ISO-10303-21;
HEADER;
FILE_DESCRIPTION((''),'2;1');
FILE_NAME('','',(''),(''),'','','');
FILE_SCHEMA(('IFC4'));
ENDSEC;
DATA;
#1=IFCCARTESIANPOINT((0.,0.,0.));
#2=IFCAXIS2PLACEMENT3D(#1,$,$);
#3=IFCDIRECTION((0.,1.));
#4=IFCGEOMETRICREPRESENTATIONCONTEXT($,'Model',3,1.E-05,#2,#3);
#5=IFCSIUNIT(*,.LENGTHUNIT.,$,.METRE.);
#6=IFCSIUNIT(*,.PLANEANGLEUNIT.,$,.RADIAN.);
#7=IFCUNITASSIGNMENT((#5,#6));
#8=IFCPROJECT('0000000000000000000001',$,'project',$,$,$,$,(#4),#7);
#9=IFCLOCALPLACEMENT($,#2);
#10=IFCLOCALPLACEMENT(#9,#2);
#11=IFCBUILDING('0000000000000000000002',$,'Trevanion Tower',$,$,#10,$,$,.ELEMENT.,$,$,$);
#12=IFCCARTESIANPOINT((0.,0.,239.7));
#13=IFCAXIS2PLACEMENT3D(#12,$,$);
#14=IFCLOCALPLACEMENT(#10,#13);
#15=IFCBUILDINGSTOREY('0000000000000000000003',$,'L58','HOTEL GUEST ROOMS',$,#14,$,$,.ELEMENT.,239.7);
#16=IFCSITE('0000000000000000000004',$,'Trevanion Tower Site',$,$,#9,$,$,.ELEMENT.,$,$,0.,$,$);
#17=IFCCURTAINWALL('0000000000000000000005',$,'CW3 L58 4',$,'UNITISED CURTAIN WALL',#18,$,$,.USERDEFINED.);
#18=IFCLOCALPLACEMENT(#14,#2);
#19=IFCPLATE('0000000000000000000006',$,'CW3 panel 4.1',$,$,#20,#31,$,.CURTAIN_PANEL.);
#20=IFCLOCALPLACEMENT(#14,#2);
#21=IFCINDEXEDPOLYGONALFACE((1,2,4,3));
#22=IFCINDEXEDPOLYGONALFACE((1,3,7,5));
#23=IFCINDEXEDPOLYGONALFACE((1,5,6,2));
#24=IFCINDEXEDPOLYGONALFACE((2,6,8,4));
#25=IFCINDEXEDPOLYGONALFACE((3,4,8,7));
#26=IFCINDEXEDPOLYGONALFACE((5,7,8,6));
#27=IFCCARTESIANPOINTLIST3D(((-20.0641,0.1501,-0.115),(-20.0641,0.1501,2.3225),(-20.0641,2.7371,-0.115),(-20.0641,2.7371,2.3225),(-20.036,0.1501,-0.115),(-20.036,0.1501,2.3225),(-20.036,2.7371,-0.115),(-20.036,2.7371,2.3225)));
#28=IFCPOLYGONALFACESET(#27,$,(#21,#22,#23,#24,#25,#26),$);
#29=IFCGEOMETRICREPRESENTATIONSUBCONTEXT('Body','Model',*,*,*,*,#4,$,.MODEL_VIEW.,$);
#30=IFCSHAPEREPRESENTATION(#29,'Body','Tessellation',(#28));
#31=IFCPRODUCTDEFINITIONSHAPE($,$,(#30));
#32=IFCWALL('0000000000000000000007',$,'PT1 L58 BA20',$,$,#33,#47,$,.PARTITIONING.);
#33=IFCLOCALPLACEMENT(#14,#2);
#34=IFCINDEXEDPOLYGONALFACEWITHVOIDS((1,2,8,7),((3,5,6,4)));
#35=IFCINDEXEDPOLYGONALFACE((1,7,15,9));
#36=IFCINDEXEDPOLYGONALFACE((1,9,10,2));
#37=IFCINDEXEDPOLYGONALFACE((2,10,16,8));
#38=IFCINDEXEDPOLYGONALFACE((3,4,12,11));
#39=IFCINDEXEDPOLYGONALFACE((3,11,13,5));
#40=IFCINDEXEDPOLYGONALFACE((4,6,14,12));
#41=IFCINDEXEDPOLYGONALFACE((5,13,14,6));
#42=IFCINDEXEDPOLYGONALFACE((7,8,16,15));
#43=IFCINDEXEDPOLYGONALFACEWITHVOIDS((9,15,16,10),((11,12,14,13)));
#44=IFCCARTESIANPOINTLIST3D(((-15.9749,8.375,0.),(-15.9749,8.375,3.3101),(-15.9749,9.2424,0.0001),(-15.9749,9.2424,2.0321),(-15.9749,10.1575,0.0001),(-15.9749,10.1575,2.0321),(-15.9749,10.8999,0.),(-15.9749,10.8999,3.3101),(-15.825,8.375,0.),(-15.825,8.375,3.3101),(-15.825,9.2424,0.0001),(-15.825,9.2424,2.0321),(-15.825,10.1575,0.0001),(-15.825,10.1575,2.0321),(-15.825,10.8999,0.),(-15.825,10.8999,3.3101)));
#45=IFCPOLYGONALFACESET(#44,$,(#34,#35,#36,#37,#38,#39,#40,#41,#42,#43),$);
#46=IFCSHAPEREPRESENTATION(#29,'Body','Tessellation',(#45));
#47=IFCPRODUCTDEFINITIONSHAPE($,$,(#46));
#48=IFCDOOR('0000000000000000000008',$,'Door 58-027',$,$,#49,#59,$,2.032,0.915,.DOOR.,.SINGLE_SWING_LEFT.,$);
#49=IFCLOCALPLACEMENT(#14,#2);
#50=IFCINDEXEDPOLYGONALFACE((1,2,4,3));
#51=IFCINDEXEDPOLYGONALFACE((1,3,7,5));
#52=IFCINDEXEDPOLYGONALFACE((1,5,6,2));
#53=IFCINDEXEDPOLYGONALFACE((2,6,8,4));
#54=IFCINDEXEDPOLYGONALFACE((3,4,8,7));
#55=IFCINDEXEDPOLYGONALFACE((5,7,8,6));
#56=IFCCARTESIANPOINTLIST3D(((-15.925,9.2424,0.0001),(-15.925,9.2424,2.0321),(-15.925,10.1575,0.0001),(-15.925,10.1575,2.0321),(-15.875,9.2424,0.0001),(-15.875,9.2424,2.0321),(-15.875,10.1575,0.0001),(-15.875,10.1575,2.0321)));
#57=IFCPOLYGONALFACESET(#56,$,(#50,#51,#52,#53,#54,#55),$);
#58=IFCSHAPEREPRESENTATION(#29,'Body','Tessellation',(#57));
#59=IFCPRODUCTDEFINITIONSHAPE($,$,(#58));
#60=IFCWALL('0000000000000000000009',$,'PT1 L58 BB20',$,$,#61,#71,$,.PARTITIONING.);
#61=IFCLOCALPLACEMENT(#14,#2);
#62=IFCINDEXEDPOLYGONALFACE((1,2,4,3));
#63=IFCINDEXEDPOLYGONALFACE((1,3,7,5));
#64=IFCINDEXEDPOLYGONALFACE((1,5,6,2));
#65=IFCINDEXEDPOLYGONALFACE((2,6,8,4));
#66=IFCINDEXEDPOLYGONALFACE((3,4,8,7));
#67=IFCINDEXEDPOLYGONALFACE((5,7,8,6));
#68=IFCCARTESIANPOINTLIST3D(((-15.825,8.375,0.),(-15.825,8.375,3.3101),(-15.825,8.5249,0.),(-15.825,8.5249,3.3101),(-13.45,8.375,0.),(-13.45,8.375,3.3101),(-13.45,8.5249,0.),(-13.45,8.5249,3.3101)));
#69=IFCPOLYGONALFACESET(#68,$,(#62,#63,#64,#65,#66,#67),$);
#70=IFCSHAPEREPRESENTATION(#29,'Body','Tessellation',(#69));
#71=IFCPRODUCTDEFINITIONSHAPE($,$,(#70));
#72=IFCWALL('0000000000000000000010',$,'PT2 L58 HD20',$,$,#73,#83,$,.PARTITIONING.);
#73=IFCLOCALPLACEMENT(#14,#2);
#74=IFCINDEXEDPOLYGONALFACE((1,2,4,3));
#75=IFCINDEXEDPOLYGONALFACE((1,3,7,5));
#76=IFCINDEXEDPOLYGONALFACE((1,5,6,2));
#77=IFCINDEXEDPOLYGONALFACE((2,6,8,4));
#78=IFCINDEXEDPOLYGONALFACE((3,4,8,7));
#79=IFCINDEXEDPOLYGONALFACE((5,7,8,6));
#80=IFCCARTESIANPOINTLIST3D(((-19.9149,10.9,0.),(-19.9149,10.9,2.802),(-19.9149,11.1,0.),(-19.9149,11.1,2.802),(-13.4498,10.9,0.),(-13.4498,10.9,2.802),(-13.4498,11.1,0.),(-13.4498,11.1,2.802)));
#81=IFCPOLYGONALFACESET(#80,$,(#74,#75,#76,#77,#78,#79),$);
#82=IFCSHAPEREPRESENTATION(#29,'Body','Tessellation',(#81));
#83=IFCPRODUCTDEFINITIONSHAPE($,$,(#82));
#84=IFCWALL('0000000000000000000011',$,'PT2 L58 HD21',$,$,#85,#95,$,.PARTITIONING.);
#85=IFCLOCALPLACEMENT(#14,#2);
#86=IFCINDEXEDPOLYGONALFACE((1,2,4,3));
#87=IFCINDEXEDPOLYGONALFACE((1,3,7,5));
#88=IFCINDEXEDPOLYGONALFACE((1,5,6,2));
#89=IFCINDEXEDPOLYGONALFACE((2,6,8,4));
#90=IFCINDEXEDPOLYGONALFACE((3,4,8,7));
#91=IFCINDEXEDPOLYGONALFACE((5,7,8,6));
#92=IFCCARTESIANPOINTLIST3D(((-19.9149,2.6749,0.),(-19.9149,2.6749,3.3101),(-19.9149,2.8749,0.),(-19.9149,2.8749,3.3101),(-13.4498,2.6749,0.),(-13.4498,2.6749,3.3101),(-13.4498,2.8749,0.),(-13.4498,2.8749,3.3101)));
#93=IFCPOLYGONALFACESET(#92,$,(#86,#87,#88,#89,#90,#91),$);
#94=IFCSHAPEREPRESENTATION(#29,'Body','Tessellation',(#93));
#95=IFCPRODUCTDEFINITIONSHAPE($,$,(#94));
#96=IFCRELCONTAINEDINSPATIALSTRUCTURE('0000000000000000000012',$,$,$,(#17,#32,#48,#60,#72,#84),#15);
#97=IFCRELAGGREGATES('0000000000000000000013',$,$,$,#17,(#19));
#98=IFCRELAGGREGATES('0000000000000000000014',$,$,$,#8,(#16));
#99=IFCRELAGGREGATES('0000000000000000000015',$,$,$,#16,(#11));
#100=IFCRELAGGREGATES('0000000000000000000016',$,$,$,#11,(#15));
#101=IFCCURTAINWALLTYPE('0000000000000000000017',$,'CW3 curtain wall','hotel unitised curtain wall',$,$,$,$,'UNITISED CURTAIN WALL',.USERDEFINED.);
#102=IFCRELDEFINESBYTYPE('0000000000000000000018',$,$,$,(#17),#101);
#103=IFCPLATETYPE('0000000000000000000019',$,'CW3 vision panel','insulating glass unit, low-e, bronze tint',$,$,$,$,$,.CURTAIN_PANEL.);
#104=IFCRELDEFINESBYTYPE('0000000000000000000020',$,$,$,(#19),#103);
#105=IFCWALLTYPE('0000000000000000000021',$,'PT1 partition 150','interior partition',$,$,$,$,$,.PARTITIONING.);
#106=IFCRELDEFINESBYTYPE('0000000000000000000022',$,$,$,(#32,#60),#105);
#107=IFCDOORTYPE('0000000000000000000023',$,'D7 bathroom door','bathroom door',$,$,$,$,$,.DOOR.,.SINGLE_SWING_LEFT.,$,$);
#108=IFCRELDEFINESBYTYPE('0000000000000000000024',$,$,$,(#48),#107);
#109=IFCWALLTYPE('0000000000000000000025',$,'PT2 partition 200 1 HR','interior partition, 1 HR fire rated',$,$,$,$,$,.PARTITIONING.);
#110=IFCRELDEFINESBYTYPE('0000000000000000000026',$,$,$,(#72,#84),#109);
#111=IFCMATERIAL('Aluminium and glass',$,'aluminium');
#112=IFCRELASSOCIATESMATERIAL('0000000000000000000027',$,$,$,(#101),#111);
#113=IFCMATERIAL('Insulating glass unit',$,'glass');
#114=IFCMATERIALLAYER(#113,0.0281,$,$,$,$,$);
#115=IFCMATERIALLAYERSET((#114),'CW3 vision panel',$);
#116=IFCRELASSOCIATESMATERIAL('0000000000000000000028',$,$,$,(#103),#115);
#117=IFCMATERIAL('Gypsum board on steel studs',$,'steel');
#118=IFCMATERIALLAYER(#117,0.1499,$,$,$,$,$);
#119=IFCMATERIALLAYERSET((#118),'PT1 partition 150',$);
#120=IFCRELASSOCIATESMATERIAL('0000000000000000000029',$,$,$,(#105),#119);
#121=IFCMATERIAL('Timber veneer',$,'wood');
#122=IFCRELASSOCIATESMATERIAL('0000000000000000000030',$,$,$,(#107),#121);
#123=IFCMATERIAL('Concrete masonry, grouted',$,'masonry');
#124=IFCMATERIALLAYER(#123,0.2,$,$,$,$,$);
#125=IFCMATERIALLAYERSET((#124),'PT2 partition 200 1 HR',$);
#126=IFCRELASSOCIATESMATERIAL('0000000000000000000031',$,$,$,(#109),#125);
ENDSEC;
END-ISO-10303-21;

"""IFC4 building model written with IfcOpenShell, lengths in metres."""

from ifc_helpers import new_model, si_unit, direction, frame, frame_2d, origin, origin_2d, place, context, subcontext, project, spatial, rectangle, extrude, material, layer, layer_set, type_object, element, fill, aggregate, save


model = new_model("IFC4")

# Units and contexts
model_context = context("Model", 3, precision=1e-05, world=origin(), true_north=direction((0.0, 1.0)))
body_context = subcontext(model_context, "Body", "Model", "MODEL_VIEW")
ifc_project = project(units=[si_unit("LENGTHUNIT", "METRE"), si_unit("PLANEANGLEUNIT", "RADIAN")], contexts=[model_context])

# Site, building, storey
site_placement = place(None, origin())
site = spatial("IfcSite", under=ifc_project, at=site_placement, Name="Trevanion Tower Site", CompositionType="ELEMENT", RefElevation=0.0)
building_placement = place(site_placement, origin())
building = spatial("IfcBuilding", under=site, at=building_placement, Name="Trevanion Tower", CompositionType="ELEMENT")
storey_placement = place(building_placement, frame((0.0, 0.0, 239.7)))
storey = spatial("IfcBuildingStorey", under=building, at=storey_placement, Name="L58", Description="HOTEL GUEST ROOMS", CompositionType="ELEMENT", Elevation=239.7)

# Curtain wall
ifc_material_1 = material(Name="Aluminium and glass", Category="aluminium")
curtain_wall_type = type_object("IfcCurtainWallType", Name="CW3 curtain wall", Description="hotel unitised curtain wall", ElementType="UNITISED CURTAIN WALL", PredefinedType="USERDEFINED", material=ifc_material_1)
curtain_wall_placement = place(storey_placement, origin())
curtain_wall = element("IfcCurtainWall", 1, at=curtain_wall_placement, inside=storey, type_object=curtain_wall_type, Name="CW3 L58 4", ObjectType="UNITISED CURTAIN WALL", PredefinedType="USERDEFINED")

# Plate
ifc_material_2 = material(Name="Insulating glass unit", Category="glass")
ifc_layer_1 = layer(ifc_material_2, 0.0281)
ifc_layer_set_1 = layer_set([ifc_layer_1], Name="CW3 vision panel")
plate_type_1 = type_object("IfcPlateType", Name="CW3 vision panel", Description="insulating glass unit, low-e, bronze tint", PredefinedType="CURTAIN_PANEL", material=ifc_layer_set_1)
plate_1_placement = place(storey_placement, frame((-20.05, 1.4436, -0.115), z_axis=(0.0, 0.0, 1.0), x_axis=(0.0, -1.0, 0.0)))
plate_1 = element("IfcPlate", 2, at=plate_1_placement, type_object=plate_type_1, Name="CW3 panel 4.1", PredefinedType="CURTAIN_PANEL", context=body_context, shape_type="SweptSolid", body=[
    extrude(rectangle(XDim=2.5869, YDim=0.0281, at=origin_2d()), origin(), (0.0, 0.0, 1.0), 2.4375),
])
aggregate(curtain_wall, [plate_1])

# Wall, opening, door
ifc_material_3 = material(Name="Gypsum board on steel studs", Category="steel")
ifc_layer_2 = layer(ifc_material_3, 0.1499)
ifc_layer_set_2 = layer_set([ifc_layer_2], Name="PT1 partition 150")
wall_type_1 = type_object("IfcWallType", Name="PT1 partition 150", Description="interior partition", PredefinedType="PARTITIONING", material=ifc_layer_set_2)
wall_1_placement = place(storey_placement, frame((-15.8999, 10.8999, 0.0), z_axis=(0.0, 0.0, 1.0), x_axis=(0.0, -1.0, 0.0)))
wall_1 = element("IfcWall", 3, at=wall_1_placement, inside=storey, type_object=wall_type_1, Name="PT1 L58 BA20", PredefinedType="PARTITIONING", context=body_context, shape_type="SweptSolid", body=[
    extrude(rectangle(XDim=2.5249, YDim=0.1499, at=frame_2d((1.2625, 0.0))), origin(), (0.0, 0.0, 1.0), 3.3101),
])
opening_placement = place(wall_1_placement, frame((0.7424, 0.0, 0.0)))
opening = element("IfcOpeningElement", 4, at=opening_placement, cuts=wall_1, PredefinedType="OPENING", context=body_context, shape_type="SweptSolid", body=[
    extrude(rectangle(XDim=0.915, YDim=2.032, at=frame_2d((0.4575, 1.0161))), frame((0.0, 0.085, 0.0), z_axis=(0.0, -1.0, 0.0), x_axis=(1.0, 0.0, 0.0)), (0.0, 0.0, 1.0), 0.1699),
])
ifc_material_4 = material(Name="Timber veneer", Category="wood")
door_type = type_object("IfcDoorType", Name="D7 bathroom door", Description="bathroom door", OperationType="SINGLE_SWING_LEFT", PredefinedType="DOOR", material=ifc_material_4)
door_placement = place(opening_placement, origin())
door = element("IfcDoor", 5, at=door_placement, inside=storey, type_object=door_type, Name="Door 58-027", OperationType="SINGLE_SWING_LEFT", OverallHeight=2.032, OverallWidth=0.915, PredefinedType="DOOR", context=body_context, shape_type="SweptSolid", body=[
    extrude(rectangle(XDim=0.915, YDim=2.032, at=frame_2d((0.4575, 1.0161))), frame((0.0, 0.0249, 0.0), z_axis=(0.0, -1.0, 0.0), x_axis=(1.0, 0.0, 0.0)), (0.0, 0.0, 1.0), 0.05),
])
fill(opening, door)

# Walls
wall_2_placement = place(storey_placement, frame((-13.45, 8.45, 0.0), z_axis=(0.0, 0.0, 1.0), x_axis=(-1.0, 0.0, 0.0)))
element("IfcWall", 6, at=wall_2_placement, inside=storey, type_object=wall_type_1, Name="PT1 L58 BB20", PredefinedType="PARTITIONING", context=body_context, shape_type="SweptSolid", body=[
    extrude(rectangle(XDim=2.375, YDim=0.1499, at=frame_2d((1.1875, 0.0))), origin(), (0.0, 0.0, 1.0), 3.3101),
])
ifc_material_5 = material(Name="Concrete masonry, grouted", Category="masonry")
ifc_layer_3 = layer(ifc_material_5, 0.2)
ifc_layer_set_3 = layer_set([ifc_layer_3], Name="PT2 partition 200 1 HR")
wall_type_2 = type_object("IfcWallType", Name="PT2 partition 200 1 HR", Description="interior partition, 1 HR fire rated", PredefinedType="PARTITIONING", material=ifc_layer_set_3)
wall_3_placement = place(storey_placement, frame((-13.45, 11.0, 0.0), z_axis=(0.0, 0.0, 1.0), x_axis=(-1.0, 0.0, 0.0)))
element("IfcWall", 7, at=wall_3_placement, inside=storey, type_object=wall_type_2, Name="PT2 L58 HD20", PredefinedType="PARTITIONING", context=body_context, shape_type="SweptSolid", body=[
    extrude(rectangle(XDim=6.4651, YDim=0.2, at=frame_2d((3.2324, 0.0))), origin(), (0.0, 0.0, 1.0), 2.802),
])
wall_4_placement = place(storey_placement, frame((-13.45, 2.7749, 0.0), z_axis=(0.0, 0.0, 1.0), x_axis=(-1.0, 0.0, 0.0)))
element("IfcWall", 8, at=wall_4_placement, inside=storey, type_object=wall_type_2, Name="PT2 L58 HD21", PredefinedType="PARTITIONING", context=body_context, shape_type="SweptSolid", body=[
    extrude(rectangle(XDim=6.4651, YDim=0.2, at=frame_2d((3.2324, 0.0))), origin(), (0.0, 0.0, 1.0), 3.3101),
])

save(model, "model.ifc")
